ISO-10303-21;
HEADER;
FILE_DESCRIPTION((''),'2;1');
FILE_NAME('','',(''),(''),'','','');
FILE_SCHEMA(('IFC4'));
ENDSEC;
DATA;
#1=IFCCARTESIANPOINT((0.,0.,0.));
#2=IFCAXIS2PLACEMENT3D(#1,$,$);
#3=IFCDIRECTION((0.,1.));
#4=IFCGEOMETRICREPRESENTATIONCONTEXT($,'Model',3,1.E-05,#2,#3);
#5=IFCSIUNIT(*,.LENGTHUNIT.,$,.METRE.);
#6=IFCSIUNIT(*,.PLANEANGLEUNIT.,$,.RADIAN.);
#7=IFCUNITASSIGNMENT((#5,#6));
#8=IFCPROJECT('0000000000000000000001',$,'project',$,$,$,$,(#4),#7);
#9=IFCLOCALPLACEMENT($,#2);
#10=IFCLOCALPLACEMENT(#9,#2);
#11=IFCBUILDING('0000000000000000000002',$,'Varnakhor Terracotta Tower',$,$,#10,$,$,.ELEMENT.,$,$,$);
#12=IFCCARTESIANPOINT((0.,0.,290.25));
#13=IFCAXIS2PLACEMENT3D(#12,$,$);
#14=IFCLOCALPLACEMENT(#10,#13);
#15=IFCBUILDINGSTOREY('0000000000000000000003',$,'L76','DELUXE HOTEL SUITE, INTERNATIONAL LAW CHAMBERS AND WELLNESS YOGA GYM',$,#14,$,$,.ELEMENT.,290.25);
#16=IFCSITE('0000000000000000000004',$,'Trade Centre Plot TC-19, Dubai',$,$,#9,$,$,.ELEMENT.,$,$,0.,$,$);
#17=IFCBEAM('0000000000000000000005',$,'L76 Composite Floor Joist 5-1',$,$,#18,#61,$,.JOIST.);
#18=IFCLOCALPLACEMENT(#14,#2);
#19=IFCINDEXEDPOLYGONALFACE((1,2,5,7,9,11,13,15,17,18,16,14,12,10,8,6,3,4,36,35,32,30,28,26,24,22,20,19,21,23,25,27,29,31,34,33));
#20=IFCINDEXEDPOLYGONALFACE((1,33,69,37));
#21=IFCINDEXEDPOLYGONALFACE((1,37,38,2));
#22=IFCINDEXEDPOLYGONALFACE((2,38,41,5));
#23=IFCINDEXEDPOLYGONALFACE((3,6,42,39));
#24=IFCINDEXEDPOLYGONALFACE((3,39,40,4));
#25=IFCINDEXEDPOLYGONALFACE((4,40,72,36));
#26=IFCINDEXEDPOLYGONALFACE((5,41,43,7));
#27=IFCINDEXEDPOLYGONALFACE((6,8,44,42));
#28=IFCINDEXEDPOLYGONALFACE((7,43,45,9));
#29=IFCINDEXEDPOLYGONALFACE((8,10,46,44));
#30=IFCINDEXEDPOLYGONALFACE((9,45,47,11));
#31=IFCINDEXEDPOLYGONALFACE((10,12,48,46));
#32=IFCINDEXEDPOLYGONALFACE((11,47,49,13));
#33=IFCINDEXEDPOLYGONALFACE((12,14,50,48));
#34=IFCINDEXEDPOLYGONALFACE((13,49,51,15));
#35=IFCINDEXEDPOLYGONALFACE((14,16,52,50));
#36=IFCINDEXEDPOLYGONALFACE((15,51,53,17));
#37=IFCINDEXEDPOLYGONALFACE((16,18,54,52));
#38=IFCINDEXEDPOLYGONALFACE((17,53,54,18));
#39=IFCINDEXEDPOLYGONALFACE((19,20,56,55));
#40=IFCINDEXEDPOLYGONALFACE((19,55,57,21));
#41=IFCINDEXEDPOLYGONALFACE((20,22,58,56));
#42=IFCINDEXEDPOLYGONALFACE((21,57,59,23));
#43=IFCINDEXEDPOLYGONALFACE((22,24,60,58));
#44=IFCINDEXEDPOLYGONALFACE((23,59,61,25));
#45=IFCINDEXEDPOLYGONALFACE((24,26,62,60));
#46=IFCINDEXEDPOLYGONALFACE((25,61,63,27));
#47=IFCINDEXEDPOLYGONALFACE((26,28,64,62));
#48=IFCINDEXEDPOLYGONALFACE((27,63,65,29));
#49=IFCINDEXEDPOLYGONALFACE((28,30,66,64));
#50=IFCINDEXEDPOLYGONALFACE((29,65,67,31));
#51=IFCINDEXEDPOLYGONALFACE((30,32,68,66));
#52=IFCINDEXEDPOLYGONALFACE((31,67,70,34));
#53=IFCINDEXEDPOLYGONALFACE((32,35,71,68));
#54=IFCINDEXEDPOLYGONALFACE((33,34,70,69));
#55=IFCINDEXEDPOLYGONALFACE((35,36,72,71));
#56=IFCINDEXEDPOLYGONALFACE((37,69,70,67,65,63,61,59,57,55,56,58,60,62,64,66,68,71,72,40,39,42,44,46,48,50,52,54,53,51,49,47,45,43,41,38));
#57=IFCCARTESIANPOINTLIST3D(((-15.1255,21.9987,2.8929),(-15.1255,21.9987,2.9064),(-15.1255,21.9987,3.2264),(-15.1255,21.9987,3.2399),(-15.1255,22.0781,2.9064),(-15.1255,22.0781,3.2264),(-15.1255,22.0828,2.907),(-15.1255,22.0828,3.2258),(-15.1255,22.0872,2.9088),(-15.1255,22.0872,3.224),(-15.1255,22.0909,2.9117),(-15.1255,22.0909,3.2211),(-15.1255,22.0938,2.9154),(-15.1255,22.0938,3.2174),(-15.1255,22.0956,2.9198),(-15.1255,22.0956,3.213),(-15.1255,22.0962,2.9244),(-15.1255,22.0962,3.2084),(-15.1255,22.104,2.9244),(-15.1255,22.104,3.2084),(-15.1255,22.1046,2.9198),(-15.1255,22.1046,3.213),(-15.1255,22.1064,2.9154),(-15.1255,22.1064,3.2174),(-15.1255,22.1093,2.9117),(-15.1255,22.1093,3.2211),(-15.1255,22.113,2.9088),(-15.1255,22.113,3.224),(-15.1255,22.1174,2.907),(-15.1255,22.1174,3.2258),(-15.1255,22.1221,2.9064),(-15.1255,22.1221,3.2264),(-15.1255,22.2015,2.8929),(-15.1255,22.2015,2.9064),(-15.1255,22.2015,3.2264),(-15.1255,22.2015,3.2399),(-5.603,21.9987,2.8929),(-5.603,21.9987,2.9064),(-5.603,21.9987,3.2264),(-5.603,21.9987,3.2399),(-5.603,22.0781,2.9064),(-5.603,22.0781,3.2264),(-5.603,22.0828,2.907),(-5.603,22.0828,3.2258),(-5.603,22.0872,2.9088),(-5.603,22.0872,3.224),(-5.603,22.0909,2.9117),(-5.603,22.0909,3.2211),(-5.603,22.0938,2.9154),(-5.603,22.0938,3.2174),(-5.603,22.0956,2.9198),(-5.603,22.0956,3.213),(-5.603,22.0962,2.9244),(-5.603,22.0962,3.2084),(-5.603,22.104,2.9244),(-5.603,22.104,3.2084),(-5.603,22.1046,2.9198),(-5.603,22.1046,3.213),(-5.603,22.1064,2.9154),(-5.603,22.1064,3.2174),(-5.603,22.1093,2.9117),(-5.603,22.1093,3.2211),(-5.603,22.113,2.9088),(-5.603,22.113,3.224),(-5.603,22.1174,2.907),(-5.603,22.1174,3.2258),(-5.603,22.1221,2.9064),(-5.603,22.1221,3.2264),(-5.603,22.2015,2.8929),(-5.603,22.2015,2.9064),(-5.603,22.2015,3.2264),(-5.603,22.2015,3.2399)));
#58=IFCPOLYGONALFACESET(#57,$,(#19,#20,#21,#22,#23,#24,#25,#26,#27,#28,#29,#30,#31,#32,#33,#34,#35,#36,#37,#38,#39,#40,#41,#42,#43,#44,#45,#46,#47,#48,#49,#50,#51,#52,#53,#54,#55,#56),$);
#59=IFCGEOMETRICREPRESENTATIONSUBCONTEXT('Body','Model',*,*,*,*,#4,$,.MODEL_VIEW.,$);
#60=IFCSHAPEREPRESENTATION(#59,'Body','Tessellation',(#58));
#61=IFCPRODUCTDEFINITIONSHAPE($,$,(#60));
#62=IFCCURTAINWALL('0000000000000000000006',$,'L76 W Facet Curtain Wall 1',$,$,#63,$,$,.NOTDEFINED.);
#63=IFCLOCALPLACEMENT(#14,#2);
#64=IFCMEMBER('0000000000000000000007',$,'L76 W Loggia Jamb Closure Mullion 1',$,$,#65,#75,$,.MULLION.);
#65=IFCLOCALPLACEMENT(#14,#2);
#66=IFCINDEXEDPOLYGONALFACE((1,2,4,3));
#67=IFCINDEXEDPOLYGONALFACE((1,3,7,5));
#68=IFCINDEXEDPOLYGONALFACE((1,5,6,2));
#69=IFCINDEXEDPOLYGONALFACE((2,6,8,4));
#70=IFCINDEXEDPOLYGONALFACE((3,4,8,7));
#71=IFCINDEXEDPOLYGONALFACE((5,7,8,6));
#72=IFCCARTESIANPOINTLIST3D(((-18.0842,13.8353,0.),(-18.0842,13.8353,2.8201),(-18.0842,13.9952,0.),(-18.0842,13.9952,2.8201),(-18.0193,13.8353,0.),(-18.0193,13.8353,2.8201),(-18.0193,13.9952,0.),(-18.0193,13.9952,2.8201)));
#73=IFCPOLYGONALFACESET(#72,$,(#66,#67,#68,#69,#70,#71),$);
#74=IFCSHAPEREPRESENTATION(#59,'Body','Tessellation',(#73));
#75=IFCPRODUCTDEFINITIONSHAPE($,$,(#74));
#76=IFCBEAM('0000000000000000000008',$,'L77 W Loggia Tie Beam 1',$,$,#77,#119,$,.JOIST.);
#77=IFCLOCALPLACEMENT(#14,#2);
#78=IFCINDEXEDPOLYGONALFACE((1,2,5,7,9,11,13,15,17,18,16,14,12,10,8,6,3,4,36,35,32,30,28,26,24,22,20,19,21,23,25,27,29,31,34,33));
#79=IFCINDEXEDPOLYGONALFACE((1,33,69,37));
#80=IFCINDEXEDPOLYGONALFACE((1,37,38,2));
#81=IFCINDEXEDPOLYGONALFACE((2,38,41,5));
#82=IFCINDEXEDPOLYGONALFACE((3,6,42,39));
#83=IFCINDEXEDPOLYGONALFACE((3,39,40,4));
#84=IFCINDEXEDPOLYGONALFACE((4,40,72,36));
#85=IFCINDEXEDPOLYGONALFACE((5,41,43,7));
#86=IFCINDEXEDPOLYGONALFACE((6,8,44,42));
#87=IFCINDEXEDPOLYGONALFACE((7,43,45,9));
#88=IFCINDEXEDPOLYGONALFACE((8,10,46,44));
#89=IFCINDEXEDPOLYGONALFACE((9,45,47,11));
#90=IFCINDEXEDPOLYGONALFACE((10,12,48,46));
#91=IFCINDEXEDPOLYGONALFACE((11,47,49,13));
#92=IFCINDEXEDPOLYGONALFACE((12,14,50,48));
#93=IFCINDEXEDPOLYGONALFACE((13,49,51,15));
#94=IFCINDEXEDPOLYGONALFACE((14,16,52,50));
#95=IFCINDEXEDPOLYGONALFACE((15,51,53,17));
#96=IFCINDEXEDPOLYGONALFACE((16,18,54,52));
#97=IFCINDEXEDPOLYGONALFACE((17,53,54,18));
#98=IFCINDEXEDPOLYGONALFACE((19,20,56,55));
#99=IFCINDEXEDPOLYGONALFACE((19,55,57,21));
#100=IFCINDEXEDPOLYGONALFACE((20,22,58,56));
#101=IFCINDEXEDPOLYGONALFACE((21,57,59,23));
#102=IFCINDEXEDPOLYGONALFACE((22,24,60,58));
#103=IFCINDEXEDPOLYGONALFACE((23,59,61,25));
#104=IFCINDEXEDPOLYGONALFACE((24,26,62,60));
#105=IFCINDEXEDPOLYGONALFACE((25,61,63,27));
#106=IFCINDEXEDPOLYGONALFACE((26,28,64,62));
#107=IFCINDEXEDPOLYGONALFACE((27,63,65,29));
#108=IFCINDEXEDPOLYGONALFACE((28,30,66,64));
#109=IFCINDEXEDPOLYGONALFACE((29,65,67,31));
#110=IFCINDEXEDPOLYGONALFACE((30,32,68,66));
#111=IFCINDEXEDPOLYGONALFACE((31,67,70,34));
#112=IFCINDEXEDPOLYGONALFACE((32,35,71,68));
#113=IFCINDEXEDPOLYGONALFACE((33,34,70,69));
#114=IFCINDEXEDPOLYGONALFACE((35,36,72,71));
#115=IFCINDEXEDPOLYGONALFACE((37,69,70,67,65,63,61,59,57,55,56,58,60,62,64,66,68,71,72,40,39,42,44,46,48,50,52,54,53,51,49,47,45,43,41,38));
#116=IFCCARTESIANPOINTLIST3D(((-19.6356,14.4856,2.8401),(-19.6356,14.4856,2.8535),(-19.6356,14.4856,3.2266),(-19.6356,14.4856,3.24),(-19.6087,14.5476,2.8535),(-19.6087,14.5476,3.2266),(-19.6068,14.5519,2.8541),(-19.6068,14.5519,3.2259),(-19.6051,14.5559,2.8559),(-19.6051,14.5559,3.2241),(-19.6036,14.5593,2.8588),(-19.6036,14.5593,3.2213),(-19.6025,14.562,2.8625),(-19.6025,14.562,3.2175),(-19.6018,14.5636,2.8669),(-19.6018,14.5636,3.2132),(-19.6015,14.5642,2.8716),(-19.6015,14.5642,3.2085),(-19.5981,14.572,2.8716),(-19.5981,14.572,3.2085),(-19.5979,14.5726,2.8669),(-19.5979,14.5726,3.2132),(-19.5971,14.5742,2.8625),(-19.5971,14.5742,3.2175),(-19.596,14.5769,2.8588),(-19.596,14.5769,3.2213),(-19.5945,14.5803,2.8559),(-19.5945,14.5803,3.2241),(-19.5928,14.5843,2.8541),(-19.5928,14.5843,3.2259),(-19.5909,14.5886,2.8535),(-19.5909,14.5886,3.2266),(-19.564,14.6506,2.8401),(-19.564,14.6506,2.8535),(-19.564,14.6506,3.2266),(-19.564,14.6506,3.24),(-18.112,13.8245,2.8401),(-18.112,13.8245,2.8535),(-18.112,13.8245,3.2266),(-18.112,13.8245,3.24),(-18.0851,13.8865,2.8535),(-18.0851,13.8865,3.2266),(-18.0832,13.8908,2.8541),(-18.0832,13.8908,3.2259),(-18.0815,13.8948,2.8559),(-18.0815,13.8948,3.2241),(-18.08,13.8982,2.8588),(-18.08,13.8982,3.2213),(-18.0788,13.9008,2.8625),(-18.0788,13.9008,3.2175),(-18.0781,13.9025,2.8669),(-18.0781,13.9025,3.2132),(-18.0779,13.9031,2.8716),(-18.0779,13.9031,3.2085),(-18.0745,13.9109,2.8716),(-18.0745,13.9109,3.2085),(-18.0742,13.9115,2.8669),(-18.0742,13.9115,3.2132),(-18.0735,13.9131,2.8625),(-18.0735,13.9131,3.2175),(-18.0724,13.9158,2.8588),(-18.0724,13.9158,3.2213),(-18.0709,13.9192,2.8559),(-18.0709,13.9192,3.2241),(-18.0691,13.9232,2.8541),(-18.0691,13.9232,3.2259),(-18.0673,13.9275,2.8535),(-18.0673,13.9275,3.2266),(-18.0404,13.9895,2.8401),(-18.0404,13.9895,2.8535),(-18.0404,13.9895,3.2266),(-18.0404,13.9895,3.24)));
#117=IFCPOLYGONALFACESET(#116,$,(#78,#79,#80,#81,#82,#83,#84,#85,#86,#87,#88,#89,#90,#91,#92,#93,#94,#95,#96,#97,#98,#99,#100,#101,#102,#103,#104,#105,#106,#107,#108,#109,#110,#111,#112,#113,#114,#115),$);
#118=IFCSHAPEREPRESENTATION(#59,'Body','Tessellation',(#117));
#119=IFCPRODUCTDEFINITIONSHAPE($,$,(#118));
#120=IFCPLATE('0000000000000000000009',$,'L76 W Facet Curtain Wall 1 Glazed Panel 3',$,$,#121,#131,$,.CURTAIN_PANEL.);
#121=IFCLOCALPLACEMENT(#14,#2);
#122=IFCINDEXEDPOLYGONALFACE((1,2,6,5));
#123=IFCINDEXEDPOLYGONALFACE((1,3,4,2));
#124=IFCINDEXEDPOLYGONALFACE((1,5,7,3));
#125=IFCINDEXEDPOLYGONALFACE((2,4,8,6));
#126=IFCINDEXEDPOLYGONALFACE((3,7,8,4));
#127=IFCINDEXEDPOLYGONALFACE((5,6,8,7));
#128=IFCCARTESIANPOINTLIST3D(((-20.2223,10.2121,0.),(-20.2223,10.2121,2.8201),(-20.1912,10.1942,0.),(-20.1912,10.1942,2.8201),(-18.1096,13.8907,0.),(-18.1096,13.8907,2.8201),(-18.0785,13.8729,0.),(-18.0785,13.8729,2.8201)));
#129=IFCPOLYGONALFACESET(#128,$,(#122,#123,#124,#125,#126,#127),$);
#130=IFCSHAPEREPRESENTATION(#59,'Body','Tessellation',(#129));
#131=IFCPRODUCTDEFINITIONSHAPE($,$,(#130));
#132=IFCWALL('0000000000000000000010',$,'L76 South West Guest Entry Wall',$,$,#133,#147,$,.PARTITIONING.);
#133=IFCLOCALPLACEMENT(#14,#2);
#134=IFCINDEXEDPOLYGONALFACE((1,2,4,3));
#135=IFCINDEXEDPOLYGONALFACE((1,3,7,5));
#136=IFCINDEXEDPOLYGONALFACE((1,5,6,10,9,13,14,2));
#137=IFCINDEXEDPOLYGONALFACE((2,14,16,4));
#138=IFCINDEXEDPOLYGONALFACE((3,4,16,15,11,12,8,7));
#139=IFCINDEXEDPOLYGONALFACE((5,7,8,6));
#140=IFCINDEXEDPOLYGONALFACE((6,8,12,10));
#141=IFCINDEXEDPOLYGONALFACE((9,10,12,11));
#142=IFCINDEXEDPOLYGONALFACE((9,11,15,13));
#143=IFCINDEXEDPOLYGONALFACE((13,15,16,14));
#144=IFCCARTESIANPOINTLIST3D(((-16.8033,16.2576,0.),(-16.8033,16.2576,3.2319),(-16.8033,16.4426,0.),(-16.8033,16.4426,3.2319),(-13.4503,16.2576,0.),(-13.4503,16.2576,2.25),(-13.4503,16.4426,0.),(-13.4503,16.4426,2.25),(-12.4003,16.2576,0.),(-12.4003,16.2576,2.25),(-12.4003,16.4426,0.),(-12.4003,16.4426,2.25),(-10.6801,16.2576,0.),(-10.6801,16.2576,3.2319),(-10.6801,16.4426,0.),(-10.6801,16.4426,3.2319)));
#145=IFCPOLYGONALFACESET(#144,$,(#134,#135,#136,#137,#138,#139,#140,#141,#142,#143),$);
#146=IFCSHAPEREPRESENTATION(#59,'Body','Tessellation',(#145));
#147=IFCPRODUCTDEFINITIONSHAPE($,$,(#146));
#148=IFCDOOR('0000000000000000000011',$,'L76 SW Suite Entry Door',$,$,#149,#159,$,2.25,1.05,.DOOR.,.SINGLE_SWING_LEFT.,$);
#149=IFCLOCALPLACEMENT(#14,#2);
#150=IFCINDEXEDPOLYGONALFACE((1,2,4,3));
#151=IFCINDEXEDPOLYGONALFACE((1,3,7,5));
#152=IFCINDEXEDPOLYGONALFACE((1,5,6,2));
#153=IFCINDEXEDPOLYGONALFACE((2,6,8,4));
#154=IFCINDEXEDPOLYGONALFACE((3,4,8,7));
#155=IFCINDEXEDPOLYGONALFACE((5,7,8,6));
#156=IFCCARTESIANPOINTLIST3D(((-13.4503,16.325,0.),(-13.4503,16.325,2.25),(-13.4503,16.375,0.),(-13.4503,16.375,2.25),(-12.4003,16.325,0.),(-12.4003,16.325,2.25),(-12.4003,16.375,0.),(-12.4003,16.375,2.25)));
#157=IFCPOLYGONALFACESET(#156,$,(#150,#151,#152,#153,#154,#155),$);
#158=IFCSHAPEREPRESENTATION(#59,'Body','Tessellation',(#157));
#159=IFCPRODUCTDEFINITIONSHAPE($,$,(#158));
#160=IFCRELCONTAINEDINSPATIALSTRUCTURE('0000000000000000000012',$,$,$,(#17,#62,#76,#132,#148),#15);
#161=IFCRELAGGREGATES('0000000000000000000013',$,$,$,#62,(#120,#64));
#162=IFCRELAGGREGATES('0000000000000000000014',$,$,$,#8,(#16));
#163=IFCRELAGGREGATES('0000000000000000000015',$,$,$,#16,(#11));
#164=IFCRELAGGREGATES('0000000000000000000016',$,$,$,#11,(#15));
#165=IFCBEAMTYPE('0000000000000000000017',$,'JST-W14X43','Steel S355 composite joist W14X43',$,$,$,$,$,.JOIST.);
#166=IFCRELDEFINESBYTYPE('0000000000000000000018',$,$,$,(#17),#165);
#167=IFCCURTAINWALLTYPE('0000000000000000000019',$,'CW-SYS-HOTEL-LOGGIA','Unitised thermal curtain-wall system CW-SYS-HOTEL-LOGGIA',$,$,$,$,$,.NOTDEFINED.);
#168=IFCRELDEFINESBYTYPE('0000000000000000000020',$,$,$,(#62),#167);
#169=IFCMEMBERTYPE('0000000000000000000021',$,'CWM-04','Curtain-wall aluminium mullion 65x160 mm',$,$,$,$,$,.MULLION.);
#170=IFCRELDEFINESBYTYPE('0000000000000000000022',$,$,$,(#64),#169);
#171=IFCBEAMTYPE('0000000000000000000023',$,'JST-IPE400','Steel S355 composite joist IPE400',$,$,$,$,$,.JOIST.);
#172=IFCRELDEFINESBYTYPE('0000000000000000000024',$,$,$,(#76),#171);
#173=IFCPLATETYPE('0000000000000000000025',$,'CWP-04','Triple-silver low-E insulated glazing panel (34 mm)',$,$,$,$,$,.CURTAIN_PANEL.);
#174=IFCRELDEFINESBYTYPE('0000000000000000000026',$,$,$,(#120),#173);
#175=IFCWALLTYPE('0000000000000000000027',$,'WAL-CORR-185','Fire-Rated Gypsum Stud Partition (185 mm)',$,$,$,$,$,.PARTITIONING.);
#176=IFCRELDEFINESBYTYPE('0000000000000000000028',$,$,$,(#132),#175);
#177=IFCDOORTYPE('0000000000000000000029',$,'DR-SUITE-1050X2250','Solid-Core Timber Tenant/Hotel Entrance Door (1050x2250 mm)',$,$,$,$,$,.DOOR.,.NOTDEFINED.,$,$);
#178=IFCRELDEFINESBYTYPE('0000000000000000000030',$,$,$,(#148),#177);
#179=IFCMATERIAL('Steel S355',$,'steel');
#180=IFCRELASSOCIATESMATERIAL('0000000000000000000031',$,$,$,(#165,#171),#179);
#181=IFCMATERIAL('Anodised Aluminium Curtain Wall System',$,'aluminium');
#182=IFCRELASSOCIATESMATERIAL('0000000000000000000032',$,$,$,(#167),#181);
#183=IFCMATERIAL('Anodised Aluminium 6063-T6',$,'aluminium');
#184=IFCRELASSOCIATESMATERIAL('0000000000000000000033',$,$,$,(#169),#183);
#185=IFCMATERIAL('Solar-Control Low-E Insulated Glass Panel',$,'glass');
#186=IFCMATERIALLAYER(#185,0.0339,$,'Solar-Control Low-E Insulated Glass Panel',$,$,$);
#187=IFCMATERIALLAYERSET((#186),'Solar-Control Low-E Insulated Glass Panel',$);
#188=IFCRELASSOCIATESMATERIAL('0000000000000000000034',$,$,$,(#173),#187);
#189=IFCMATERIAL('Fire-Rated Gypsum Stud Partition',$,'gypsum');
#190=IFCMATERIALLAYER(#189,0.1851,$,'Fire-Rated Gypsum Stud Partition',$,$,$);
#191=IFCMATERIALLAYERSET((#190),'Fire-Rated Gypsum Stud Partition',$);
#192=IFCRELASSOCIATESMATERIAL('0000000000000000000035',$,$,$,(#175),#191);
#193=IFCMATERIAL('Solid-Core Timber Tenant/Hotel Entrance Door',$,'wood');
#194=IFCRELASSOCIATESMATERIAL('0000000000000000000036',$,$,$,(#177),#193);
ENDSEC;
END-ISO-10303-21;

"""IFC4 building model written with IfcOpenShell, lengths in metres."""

from ifc_helpers import new_model, si_unit, direction, frame, frame_2d, origin, origin_2d, place, context, subcontext, project, spatial, rectangle, i_section, extrude, source, transform, mapped, material, layer, layer_set, material_profile, profile_set, type_object, type_shapes, element, fill, aggregate, save


model = new_model("IFC4")

# Units and contexts
model_context = context("Model", 3, precision=1e-05, world=origin(), true_north=direction((0.0, 1.0)))
body_context = subcontext(model_context, "Body", "Model", "MODEL_VIEW")
ifc_project = project(units=[si_unit("LENGTHUNIT", "METRE"), si_unit("PLANEANGLEUNIT", "RADIAN")], contexts=[model_context])

# Site, building, storey
site_placement = place(None, origin())
site = spatial("IfcSite", under=ifc_project, at=site_placement, Name="Trade Centre Plot TC-19, Dubai", CompositionType="ELEMENT", RefElevation=0.0)
building_placement = place(site_placement, origin())
building = spatial("IfcBuilding", under=site, at=building_placement, Name="Varnakhor Terracotta Tower", CompositionType="ELEMENT")
storey_placement = place(building_placement, frame((0.0, 0.0, 290.25)))
storey = spatial("IfcBuildingStorey", under=building, at=storey_placement, Name="L76", Description="DELUXE HOTEL SUITE, INTERNATIONAL LAW CHAMBERS AND WELLNESS YOGA GYM", CompositionType="ELEMENT", Elevation=290.25)

# Beam
ifc_material_1 = material(Name="Steel S355", Category="steel")
ifc_material_profile_1 = material_profile(ifc_material_1, i_section(OverallWidth=0.2029, OverallDepth=0.3469, WebThickness=0.0078, FlangeThickness=0.0134, FilletRadius=0.0181, at=origin_2d()), Name="W14X43")
ifc_profile_set_1 = profile_set([ifc_material_profile_1], Name="Steel S355")
beam_type_1 = type_object("IfcBeamType", Name="JST-W14X43", Description="Steel S355 composite joist W14X43", PredefinedType="JOIST", material=ifc_profile_set_1)
shared_shape_1 = source(origin(), body_context, "Body", "SweptSolid", [
    extrude(i_section(OverallWidth=0.2029, OverallDepth=0.3469, WebThickness=0.0078, FlangeThickness=0.0134, FilletRadius=0.0181, at=origin_2d()), origin(), (0.0, 0.0, 1.0), 9.5225),
])
beam_1_placement = place(storey_placement, frame((-15.1255, 22.1001, 3.0664), z_axis=(1.0, 0.0, 0.0), x_axis=(0.0, 1.0, 0.0)))
element("IfcBeam", 1, at=beam_1_placement, inside=storey, type_object=beam_type_1, Name="L76 Composite Floor Joist 5-1", PredefinedType="JOIST", context=body_context, shape_type="MappedRepresentation", body=[
    mapped(shared_shape_1, transform((0.0, 0.0, 0.0), scale=1.0)),
])

# Curtain wall, member
ifc_material_2 = material(Name="Anodised Aluminium Curtain Wall System", Category="aluminium")
curtain_wall_type = type_object("IfcCurtainWallType", Name="CW-SYS-HOTEL-LOGGIA", Description="Unitised thermal curtain-wall system CW-SYS-HOTEL-LOGGIA", PredefinedType="NOTDEFINED", material=ifc_material_2)
curtain_wall_placement = place(storey_placement, origin())
curtain_wall = element("IfcCurtainWall", 2, at=curtain_wall_placement, inside=storey, type_object=curtain_wall_type, Name="L76 W Facet Curtain Wall 1", PredefinedType="NOTDEFINED")
ifc_material_3 = material(Name="Anodised Aluminium 6063-T6", Category="aluminium")
ifc_material_profile_2 = material_profile(ifc_material_3, rectangle(XDim=0.0649, YDim=0.1599, at=origin_2d()), Name="ALU MULLION 65x160")
ifc_profile_set_2 = profile_set([ifc_material_profile_2], Name="Anodised Aluminium 6063-T6")
member_type = type_object("IfcMemberType", Name="CWM-04", Description="Curtain-wall aluminium mullion 65x160 mm", PredefinedType="MULLION", material=ifc_profile_set_2)
shared_shape_2 = source(origin(), body_context, "Body", "SweptSolid", [
    extrude(rectangle(XDim=0.0649, YDim=0.1599, at=origin_2d()), origin(), (0.0, 0.0, 1.0), 2.8201),
])
type_shapes(member_type, [shared_shape_2])
member_placement = place(storey_placement, frame((-18.0518, 13.9153, 0.0), z_axis=(0.0, 0.0, 1.0), x_axis=(1.0, 0.0, 0.0)))
member = element("IfcMember", 3, at=member_placement, type_object=member_type, Name="L76 W Loggia Jamb Closure Mullion 1", PredefinedType="MULLION", context=body_context, shape_type="MappedRepresentation", body=[
    mapped(shared_shape_2, transform((0.0, 0.0, 0.0), scale=1.0)),
])

# Beam
ifc_material_profile_3 = material_profile(ifc_material_1, i_section(OverallWidth=0.1799, OverallDepth=0.3999, WebThickness=0.0085, FlangeThickness=0.0134, FilletRadius=0.0181, at=origin_2d()), Name="IPE400")
ifc_profile_set_3 = profile_set([ifc_material_profile_3], Name="Steel S355")
beam_type_2 = type_object("IfcBeamType", Name="JST-IPE400", Description="Steel S355 composite joist IPE400", PredefinedType="JOIST", material=ifc_profile_set_3)
shared_shape_3 = source(origin(), body_context, "Body", "SweptSolid", [
    extrude(i_section(OverallWidth=0.1799, OverallDepth=0.3999, WebThickness=0.0085, FlangeThickness=0.0134, FilletRadius=0.0181, at=origin_2d()), origin(), (0.0, 0.0, 1.0), 1.6609),
])
beam_2_placement = place(storey_placement, frame((-18.0762, 13.907, 3.04), z_axis=(-0.917364, 0.398049, 0.0), x_axis=(-0.398049, -0.917364, 0.0)))
element("IfcBeam", 4, at=beam_2_placement, inside=storey, type_object=beam_type_2, Name="L77 W Loggia Tie Beam 1", PredefinedType="JOIST", context=body_context, shape_type="MappedRepresentation", body=[
    mapped(shared_shape_3, transform((0.0, 0.0, 0.0), scale=1.0)),
])

# Plate
ifc_material_4 = material(Name="Solar-Control Low-E Insulated Glass Panel", Category="glass")
ifc_layer_1 = layer(ifc_material_4, 0.0339, Name="Solar-Control Low-E Insulated Glass Panel")
ifc_layer_set_1 = layer_set([ifc_layer_1], Name="Solar-Control Low-E Insulated Glass Panel")
plate_type = type_object("IfcPlateType", Name="CWP-04", Description="Triple-silver low-E insulated glazing panel (34 mm)", PredefinedType="CURTAIN_PANEL", material=ifc_layer_set_1)
shared_shape_4 = source(origin(), body_context, "Body", "SweptSolid", [
    extrude(rectangle(XDim=4.2422, YDim=0.0359, at=origin_2d()), origin(), (0.0, 0.0, 1.0), 2.8201),
])
plate_placement = place(storey_placement, frame((-19.1504, 12.0425, 0.0), z_axis=(0.0, 0.0, 1.0), x_axis=(0.498034, 0.867158, 0.0)))
plate = element("IfcPlate", 5, at=plate_placement, type_object=plate_type, Name="L76 W Facet Curtain Wall 1 Glazed Panel 3", PredefinedType="CURTAIN_PANEL", context=body_context, shape_type="MappedRepresentation", body=[
    mapped(shared_shape_4, transform((0.0, 0.0, 0.0), scale=1.0)),
])
aggregate(curtain_wall, [plate, member])

# Wall, opening, door
ifc_material_5 = material(Name="Fire-Rated Gypsum Stud Partition", Category="gypsum")
ifc_layer_2 = layer(ifc_material_5, 0.1851, Name="Fire-Rated Gypsum Stud Partition")
ifc_layer_set_2 = layer_set([ifc_layer_2], Name="Fire-Rated Gypsum Stud Partition")
wall_type_1 = type_object("IfcWallType", Name="WAL-CORR-185", Description="Fire-Rated Gypsum Stud Partition (185 mm)", PredefinedType="PARTITIONING", material=ifc_layer_set_2)
wall_1_placement = place(storey_placement, frame((-16.8032, 16.3501, 0.0), z_axis=(0.0, 0.0, 1.0), x_axis=(1.0, 0.0, 0.0)))
wall_1 = element("IfcWall", 6, at=wall_1_placement, inside=storey, type_object=wall_type_1, Name="L76 South West Guest Entry Wall", PredefinedType="PARTITIONING", context=body_context, shape_type="SweptSolid", body=[
    extrude(rectangle(XDim=6.1233, YDim=0.1851, at=frame_2d((3.0615, 0.0))), origin(), (0.0, 0.0, 1.0), 3.2319),
])
opening_1_placement = place(wall_1_placement, frame((3.353, 0.0, 0.0)))
opening_1 = element("IfcOpeningElement", 7, at=opening_1_placement, cuts=wall_1, PredefinedType="OPENING", context=body_context, shape_type="SweptSolid", body=[
    extrude(rectangle(XDim=1.05, YDim=2.25, at=frame_2d((0.5249, 1.125))), frame((0.0, 0.1025, 0.0), z_axis=(0.0, -1.0, 0.0), x_axis=(1.0, 0.0, 0.0)), (0.0, 0.0, 1.0), 0.2051),
])
ifc_material_6 = material(Name="Solid-Core Timber Tenant/Hotel Entrance Door", Category="wood")
door_type_1 = type_object("IfcDoorType", Name="DR-SUITE-1050X2250", Description="Solid-Core Timber Tenant/Hotel Entrance Door (1050x2250 mm)", OperationType="NOTDEFINED", PredefinedType="DOOR", material=ifc_material_6)
shared_shape_5 = source(origin(), body_context, "Body", "SweptSolid", [
    extrude(rectangle(XDim=1.05, YDim=2.25, at=frame_2d((0.5249, 1.125))), frame((0.0, 0.0249, 0.0), z_axis=(0.0, -1.0, 0.0), x_axis=(1.0, 0.0, 0.0)), (0.0, 0.0, 1.0), 0.05),
])
type_shapes(door_type_1, [shared_shape_5])
door_1_placement = place(opening_1_placement, origin())
door_1 = element("IfcDoor", 8, at=door_1_placement, inside=storey, type_object=door_type_1, Name="L76 SW Suite Entry Door", OperationType="SINGLE_SWING_LEFT", OverallHeight=2.25, OverallWidth=1.05, PredefinedType="DOOR", context=body_context, shape_type="MappedRepresentation", body=[
    mapped(shared_shape_5, transform((0.0, 0.0, 0.0), scale=1.0)),
])
fill(opening_1, door_1)

save(model, "model.ifc")
